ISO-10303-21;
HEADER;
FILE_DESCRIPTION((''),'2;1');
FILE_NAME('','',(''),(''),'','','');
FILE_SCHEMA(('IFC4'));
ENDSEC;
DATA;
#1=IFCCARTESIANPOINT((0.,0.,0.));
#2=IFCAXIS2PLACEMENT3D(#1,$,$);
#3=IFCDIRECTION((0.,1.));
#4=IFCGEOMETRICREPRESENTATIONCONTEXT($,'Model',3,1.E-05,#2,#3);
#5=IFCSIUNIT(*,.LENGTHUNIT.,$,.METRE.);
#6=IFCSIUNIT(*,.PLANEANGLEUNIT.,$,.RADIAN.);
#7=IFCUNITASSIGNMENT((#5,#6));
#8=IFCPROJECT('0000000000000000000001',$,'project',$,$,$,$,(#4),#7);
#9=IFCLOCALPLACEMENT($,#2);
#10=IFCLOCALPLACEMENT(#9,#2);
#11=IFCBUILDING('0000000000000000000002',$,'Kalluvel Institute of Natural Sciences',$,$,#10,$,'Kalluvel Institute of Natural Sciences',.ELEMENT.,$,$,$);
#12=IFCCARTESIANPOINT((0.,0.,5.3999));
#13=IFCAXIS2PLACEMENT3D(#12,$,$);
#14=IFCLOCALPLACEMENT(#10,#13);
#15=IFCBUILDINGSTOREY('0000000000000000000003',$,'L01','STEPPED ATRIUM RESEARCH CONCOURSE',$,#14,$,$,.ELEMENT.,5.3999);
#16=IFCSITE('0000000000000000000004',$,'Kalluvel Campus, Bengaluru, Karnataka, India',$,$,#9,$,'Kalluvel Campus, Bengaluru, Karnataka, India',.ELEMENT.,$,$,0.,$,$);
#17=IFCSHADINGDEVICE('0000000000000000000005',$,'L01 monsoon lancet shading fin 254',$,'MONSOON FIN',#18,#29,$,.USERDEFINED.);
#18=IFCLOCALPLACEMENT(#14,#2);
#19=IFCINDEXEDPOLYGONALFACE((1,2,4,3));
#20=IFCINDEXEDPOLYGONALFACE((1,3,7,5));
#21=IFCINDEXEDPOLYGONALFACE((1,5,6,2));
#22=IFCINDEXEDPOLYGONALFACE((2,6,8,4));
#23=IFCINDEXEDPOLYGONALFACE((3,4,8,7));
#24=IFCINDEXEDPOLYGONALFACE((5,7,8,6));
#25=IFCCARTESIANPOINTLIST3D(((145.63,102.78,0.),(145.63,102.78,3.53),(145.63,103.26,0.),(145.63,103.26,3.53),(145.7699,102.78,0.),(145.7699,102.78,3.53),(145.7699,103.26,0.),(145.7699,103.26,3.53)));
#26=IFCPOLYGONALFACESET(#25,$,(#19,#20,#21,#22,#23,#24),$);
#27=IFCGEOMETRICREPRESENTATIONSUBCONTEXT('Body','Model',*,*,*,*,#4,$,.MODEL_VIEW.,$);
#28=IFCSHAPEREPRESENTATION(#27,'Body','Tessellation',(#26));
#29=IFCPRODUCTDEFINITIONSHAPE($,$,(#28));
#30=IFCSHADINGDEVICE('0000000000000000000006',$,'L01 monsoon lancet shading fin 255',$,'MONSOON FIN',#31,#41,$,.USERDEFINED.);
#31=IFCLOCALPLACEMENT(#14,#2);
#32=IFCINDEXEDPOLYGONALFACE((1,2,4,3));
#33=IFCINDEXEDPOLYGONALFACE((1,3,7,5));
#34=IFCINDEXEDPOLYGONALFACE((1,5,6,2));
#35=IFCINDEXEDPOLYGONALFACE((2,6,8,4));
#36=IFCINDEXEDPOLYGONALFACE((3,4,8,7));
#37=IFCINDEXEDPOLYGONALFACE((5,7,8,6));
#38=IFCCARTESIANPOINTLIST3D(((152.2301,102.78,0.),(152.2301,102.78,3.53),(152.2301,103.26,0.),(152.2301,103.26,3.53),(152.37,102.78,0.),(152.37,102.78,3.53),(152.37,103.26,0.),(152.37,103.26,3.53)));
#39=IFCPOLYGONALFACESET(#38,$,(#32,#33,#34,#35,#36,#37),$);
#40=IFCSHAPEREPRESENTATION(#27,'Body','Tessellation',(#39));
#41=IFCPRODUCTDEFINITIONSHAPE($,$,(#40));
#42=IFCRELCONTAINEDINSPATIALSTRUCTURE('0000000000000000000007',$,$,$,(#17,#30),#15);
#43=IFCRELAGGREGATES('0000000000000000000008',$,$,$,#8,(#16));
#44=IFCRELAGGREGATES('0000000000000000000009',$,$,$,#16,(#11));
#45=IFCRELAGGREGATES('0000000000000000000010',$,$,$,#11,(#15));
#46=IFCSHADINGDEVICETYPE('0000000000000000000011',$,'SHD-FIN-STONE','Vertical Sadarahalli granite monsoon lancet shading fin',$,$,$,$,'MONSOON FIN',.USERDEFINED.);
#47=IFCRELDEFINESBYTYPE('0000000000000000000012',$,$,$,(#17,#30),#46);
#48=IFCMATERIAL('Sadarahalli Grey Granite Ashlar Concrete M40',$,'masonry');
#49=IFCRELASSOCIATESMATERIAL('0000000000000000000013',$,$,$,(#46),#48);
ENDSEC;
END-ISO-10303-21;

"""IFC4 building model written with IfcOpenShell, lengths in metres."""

from ifc_helpers import new_model, si_unit, direction, frame, origin, origin_2d, place, context, subcontext, project, spatial, rectangle, extrude, material, type_object, element, save


model = new_model("IFC4")

# Units and contexts
model_context = context("Model", 3, precision=1e-05, world=origin(), true_north=direction((0.0, 1.0)))
body_context = subcontext(model_context, "Body", "Model", "MODEL_VIEW")
ifc_project = project(units=[si_unit("LENGTHUNIT", "METRE"), si_unit("PLANEANGLEUNIT", "RADIAN")], contexts=[model_context])

# Site, building, storey
site_placement = place(None, origin())
site = spatial("IfcSite", under=ifc_project, at=site_placement, Name="Kalluvel Campus, Bengaluru, Karnataka, India", LongName="Kalluvel Campus, Bengaluru, Karnataka, India", CompositionType="ELEMENT", RefElevation=0.0)
building_placement = place(site_placement, origin())
building = spatial("IfcBuilding", under=site, at=building_placement, Name="Kalluvel Institute of Natural Sciences", LongName="Kalluvel Institute of Natural Sciences", CompositionType="ELEMENT")
storey_placement = place(building_placement, frame((0.0, 0.0, 5.3999)))
storey = spatial("IfcBuildingStorey", under=building, at=storey_placement, Name="L01", Description="STEPPED ATRIUM RESEARCH CONCOURSE", CompositionType="ELEMENT", Elevation=5.3999)

# Shared definitions
ifc_material_1 = material(Name="Sadarahalli Grey Granite Ashlar Concrete M40", Category="masonry")

# Shading devices
shading_device_type = type_object("IfcShadingDeviceType", Name="SHD-FIN-STONE", Description="Vertical Sadarahalli granite monsoon lancet shading fin", ElementType="MONSOON FIN", PredefinedType="USERDEFINED", material=ifc_material_1)
for number, where, z_axis, x_axis, name in (
    (1, (145.7, 103.02, 0.0), (0.0, 0.0, 1.0), (1.0, 0.0, 0.0), "L01 monsoon lancet shading fin 254"),
    (2, (152.3, 103.02, 0.0), (0.0, 0.0, 1.0), (1.0, 0.0, 0.0), "L01 monsoon lancet shading fin 255"),
):
    element("IfcShadingDevice", number, at=place(storey_placement, frame(where, z_axis=z_axis, x_axis=x_axis)), inside=storey, type_object=shading_device_type, Name=name, ObjectType="MONSOON FIN", PredefinedType="USERDEFINED", context=body_context, shape_type="SweptSolid", body=[
        extrude(rectangle(XDim=0.1399, YDim=0.48, at=origin_2d()), origin(), (0.0, 0.0, 1.0), 3.53),
    ])

save(model, "model.ifc")
